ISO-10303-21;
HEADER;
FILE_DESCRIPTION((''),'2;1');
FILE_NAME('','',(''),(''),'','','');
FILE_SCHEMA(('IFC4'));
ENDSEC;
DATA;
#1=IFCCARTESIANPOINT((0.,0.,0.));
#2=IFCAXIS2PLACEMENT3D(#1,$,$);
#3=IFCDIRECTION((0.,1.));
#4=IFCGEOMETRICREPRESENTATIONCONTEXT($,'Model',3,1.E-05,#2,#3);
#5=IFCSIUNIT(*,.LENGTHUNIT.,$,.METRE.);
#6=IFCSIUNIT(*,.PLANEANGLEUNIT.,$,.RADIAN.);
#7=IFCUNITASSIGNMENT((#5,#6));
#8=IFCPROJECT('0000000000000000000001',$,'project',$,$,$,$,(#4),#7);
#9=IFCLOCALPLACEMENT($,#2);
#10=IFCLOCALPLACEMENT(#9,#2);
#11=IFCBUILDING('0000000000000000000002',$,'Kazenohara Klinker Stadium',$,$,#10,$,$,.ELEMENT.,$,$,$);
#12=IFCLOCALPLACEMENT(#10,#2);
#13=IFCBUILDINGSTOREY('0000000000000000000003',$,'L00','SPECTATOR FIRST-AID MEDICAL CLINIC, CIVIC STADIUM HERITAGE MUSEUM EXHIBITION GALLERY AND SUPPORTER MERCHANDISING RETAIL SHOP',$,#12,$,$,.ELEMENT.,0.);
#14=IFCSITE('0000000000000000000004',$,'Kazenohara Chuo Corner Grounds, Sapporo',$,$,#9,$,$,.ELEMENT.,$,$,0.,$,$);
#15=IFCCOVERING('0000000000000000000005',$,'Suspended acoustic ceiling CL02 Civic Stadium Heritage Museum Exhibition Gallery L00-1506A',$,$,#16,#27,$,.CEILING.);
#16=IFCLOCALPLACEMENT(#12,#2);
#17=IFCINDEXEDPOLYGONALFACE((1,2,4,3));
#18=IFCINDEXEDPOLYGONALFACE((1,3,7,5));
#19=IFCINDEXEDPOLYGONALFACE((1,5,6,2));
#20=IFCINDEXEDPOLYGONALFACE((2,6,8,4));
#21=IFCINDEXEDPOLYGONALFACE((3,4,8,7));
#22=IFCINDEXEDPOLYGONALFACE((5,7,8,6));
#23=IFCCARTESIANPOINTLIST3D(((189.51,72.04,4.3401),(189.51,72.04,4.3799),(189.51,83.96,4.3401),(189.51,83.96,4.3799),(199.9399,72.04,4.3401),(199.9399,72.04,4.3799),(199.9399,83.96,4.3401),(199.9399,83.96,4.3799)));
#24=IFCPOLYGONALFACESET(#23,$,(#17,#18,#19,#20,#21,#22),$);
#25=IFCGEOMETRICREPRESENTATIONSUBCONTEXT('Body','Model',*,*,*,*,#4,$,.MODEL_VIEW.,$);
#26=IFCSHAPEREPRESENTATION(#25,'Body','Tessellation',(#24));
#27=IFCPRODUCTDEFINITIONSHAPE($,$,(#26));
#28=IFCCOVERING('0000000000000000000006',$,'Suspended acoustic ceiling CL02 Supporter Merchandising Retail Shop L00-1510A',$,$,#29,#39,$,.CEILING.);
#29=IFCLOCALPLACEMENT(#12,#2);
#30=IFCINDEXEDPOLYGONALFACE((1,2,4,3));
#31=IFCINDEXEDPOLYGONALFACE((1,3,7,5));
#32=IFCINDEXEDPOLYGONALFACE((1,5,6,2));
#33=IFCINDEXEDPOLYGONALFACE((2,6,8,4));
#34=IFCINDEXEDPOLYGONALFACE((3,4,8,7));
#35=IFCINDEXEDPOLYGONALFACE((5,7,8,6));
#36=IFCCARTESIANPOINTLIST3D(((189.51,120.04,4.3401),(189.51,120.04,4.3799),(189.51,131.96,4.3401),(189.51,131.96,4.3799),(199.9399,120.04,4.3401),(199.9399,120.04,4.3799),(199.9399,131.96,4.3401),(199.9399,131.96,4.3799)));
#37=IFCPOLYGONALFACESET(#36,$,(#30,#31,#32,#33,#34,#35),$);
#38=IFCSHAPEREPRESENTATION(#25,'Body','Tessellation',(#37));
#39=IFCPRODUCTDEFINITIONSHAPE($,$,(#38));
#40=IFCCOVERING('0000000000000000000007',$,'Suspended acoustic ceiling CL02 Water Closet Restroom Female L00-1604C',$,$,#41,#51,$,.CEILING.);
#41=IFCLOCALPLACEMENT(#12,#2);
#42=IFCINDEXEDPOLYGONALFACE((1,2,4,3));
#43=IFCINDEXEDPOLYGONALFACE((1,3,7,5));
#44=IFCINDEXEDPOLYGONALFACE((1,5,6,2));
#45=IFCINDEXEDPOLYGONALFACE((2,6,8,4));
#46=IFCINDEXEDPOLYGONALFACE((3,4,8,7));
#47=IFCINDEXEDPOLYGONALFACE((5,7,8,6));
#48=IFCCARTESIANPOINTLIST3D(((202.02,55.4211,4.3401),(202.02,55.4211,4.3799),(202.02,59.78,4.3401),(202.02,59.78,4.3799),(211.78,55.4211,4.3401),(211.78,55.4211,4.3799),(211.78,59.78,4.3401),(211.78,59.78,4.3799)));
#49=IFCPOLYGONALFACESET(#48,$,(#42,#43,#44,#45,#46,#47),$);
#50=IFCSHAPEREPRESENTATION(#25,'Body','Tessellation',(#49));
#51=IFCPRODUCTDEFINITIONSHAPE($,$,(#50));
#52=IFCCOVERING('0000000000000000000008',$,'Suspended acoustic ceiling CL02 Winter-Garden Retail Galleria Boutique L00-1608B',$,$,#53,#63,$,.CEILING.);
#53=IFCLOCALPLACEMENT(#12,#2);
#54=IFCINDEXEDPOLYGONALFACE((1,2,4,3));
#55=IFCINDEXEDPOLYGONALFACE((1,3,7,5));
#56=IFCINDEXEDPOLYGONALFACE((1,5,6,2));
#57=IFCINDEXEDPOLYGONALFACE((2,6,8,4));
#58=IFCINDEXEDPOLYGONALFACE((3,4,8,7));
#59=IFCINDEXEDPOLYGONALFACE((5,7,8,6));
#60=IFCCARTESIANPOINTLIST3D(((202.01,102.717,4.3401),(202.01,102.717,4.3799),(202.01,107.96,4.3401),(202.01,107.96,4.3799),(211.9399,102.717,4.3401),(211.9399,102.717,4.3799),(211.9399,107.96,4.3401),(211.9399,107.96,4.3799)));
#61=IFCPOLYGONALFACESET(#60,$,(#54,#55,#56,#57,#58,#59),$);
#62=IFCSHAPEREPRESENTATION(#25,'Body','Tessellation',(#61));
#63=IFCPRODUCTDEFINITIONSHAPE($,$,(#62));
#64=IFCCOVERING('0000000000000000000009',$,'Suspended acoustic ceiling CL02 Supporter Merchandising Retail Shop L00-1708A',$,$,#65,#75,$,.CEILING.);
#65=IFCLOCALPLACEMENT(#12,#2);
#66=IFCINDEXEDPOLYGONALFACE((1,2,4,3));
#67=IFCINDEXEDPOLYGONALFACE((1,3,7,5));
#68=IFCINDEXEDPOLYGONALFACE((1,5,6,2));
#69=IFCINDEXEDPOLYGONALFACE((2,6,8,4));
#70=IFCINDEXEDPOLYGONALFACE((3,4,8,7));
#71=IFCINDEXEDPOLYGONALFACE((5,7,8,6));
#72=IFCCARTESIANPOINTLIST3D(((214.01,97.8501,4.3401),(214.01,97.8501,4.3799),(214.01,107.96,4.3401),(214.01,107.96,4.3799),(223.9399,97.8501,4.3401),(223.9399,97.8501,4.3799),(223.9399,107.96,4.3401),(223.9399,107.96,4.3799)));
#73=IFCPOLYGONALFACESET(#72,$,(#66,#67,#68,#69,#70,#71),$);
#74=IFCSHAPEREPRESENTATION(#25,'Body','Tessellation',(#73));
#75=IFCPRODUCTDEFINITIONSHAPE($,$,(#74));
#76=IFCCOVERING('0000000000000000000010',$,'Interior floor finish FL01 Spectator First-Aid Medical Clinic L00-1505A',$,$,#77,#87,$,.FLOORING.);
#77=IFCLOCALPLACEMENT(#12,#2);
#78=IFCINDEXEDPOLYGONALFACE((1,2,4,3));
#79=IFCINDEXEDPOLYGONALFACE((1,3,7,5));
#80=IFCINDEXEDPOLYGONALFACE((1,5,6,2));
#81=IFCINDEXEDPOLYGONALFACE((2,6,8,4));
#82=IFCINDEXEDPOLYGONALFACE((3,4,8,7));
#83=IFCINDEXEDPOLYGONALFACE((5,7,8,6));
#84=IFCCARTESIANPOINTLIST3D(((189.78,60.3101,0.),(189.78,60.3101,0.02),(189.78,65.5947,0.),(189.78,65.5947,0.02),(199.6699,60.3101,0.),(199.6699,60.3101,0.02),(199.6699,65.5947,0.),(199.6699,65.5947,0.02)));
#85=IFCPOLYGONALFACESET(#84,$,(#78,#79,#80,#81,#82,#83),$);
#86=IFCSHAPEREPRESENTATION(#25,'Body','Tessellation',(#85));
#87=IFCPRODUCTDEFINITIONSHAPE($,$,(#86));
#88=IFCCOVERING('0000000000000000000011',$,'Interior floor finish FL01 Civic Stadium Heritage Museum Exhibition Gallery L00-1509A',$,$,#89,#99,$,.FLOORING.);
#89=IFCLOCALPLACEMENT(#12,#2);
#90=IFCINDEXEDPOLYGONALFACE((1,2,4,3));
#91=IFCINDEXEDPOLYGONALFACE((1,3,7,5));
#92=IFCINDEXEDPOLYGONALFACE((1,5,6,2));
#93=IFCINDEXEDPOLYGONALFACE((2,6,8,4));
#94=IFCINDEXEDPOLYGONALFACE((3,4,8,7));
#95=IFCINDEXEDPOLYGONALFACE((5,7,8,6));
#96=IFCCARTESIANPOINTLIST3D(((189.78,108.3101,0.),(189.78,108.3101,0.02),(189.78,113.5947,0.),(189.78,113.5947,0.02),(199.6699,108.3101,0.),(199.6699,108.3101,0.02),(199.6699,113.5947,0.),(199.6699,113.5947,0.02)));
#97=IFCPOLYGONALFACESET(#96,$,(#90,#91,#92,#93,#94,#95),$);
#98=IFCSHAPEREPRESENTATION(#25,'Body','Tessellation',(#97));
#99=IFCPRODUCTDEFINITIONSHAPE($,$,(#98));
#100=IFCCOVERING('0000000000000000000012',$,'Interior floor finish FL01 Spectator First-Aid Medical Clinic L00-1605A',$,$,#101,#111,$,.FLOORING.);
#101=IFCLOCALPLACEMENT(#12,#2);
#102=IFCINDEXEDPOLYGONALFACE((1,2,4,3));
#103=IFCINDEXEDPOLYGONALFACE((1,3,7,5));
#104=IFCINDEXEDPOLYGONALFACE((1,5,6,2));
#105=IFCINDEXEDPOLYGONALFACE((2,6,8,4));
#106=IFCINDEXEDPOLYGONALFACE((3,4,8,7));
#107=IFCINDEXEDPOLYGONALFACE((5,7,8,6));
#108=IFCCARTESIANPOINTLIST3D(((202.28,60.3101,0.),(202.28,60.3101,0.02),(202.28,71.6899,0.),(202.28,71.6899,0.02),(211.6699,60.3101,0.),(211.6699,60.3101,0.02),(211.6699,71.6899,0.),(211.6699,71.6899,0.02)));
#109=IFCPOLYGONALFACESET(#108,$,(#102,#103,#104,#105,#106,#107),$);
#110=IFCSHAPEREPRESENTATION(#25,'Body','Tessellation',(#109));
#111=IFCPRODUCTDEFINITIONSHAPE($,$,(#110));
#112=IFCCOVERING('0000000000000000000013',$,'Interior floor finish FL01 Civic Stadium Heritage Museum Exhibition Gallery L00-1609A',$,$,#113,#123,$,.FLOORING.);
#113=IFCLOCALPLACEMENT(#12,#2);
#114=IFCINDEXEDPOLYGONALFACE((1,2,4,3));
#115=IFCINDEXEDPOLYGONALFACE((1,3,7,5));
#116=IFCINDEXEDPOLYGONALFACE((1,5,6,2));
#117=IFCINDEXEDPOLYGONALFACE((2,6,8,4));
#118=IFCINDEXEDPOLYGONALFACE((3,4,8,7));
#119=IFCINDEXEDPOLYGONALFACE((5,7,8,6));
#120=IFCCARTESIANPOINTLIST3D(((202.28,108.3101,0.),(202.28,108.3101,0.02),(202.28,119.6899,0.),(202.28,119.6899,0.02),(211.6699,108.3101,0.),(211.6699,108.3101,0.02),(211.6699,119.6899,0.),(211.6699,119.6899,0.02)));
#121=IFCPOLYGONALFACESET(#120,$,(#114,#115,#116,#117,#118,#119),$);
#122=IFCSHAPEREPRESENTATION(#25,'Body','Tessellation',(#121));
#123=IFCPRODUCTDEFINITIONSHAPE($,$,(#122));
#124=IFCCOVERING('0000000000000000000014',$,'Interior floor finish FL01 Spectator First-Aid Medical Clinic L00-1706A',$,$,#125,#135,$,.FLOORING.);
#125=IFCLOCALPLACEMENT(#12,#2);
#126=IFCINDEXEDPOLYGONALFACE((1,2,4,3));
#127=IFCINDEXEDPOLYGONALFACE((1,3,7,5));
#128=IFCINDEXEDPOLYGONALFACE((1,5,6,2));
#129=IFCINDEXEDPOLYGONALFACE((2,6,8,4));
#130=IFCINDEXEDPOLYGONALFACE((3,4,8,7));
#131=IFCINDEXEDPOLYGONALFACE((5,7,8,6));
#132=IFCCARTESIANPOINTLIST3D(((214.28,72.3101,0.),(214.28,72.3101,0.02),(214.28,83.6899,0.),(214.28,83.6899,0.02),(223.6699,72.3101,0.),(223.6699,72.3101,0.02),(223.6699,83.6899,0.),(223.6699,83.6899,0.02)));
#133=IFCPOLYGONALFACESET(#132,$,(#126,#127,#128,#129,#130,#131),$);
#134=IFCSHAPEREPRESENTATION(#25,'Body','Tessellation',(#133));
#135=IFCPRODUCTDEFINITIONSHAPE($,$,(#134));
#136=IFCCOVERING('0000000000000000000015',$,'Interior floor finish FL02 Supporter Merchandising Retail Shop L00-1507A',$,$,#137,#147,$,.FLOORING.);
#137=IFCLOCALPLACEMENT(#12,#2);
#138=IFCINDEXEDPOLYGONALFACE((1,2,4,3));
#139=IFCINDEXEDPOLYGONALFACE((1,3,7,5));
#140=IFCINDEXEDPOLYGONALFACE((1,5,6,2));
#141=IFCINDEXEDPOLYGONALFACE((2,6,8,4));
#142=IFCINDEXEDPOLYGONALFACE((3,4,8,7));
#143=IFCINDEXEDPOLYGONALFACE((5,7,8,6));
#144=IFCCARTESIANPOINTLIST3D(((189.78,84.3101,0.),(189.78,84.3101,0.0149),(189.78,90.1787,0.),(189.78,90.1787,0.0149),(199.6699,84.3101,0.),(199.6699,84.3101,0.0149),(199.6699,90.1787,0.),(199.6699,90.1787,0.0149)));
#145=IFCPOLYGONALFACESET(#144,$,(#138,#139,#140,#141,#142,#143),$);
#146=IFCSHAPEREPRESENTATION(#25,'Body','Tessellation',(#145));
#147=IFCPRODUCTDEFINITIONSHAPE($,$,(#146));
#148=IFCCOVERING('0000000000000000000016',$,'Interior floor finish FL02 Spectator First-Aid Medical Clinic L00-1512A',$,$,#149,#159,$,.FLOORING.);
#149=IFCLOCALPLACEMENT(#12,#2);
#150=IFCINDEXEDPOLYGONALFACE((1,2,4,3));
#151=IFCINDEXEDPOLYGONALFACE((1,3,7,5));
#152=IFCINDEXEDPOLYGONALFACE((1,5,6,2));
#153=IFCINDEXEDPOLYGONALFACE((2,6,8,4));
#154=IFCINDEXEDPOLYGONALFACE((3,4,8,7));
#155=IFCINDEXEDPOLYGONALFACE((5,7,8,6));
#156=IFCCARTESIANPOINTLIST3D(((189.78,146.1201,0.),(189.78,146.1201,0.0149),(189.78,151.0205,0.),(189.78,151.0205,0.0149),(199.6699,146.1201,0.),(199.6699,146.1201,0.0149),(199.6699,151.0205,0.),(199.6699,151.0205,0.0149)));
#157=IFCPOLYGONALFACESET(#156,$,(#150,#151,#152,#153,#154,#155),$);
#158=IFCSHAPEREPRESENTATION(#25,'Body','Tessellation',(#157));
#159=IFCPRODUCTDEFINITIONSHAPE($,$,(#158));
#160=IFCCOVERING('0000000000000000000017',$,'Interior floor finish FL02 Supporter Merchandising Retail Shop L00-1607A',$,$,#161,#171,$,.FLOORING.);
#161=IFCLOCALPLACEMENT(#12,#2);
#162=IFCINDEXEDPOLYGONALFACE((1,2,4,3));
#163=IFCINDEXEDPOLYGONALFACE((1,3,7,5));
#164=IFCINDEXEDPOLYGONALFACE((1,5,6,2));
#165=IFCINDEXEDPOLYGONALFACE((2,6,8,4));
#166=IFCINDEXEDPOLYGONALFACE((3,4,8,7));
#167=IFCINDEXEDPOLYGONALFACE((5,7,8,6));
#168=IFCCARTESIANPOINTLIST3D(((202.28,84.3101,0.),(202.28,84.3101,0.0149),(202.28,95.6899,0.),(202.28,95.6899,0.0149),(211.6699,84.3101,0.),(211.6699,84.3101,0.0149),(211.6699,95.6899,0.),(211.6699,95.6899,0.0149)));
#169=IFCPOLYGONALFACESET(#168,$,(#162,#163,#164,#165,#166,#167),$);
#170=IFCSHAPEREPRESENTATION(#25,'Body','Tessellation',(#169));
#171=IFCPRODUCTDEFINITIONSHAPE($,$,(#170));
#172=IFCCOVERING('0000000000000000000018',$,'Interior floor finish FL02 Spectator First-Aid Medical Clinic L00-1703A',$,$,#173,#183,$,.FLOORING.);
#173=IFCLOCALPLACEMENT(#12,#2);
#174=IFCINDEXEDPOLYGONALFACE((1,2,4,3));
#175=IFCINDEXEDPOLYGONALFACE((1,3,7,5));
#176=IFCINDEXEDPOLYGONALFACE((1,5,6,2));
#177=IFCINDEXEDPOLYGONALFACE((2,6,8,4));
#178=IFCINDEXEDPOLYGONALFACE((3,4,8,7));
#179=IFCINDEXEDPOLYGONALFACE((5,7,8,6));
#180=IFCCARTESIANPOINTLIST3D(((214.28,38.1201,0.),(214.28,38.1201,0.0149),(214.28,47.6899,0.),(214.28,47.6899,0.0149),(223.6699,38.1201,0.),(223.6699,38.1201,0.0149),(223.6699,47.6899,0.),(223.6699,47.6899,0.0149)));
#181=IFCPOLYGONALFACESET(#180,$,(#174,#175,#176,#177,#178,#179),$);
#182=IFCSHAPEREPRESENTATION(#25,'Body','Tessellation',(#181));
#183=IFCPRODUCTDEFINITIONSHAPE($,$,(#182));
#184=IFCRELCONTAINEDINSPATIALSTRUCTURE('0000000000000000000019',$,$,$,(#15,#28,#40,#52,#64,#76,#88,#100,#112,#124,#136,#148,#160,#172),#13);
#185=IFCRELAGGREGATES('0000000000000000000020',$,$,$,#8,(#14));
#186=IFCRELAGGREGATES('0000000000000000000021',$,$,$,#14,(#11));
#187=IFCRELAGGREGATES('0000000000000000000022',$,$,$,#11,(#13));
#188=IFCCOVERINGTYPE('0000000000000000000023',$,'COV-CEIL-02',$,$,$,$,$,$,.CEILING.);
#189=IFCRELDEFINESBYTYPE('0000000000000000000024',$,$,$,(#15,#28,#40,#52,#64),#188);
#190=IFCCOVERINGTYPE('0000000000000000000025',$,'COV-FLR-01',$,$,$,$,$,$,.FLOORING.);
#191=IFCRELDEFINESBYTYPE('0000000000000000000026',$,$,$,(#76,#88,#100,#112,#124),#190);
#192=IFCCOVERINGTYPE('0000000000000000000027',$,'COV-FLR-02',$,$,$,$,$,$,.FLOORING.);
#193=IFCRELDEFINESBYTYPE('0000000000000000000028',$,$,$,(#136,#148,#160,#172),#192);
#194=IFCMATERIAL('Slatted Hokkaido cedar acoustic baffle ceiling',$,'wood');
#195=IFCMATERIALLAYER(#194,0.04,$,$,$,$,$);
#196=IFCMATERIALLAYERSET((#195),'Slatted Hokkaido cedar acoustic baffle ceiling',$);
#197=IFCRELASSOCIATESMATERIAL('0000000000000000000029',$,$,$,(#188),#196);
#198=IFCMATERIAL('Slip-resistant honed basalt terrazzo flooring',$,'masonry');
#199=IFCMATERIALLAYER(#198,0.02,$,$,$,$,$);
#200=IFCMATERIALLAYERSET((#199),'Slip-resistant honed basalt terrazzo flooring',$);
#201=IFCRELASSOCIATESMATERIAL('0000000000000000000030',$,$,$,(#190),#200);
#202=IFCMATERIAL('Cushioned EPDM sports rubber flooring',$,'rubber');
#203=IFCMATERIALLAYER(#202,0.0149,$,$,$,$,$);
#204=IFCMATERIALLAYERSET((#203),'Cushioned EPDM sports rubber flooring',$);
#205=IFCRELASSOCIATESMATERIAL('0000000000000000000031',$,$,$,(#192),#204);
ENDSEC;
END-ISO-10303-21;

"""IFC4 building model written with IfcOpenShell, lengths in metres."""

from ifc_helpers import new_model, si_unit, direction, frame, origin, place, context, subcontext, project, spatial, polyline, outline, extrude, material, layer, layer_set, type_object, element, save


model = new_model("IFC4")

# Units and contexts
model_context = context("Model", 3, precision=1e-05, world=origin(), true_north=direction((0.0, 1.0)))
body_context = subcontext(model_context, "Body", "Model", "MODEL_VIEW")
ifc_project = project(units=[si_unit("LENGTHUNIT", "METRE"), si_unit("PLANEANGLEUNIT", "RADIAN")], contexts=[model_context])

# Site, building, storey
site_placement = place(None, origin())
site = spatial("IfcSite", under=ifc_project, at=site_placement, Name="Kazenohara Chuo Corner Grounds, Sapporo", CompositionType="ELEMENT", RefElevation=0.0)
building_placement = place(site_placement, origin())
building = spatial("IfcBuilding", under=site, at=building_placement, Name="Kazenohara Klinker Stadium", CompositionType="ELEMENT")
storey_placement = place(building_placement, origin())
storey = spatial("IfcBuildingStorey", under=building, at=storey_placement, Name="L00", Description="SPECTATOR FIRST-AID MEDICAL CLINIC, CIVIC STADIUM HERITAGE MUSEUM EXHIBITION GALLERY AND SUPPORTER MERCHANDISING RETAIL SHOP", CompositionType="ELEMENT", Elevation=0.0)

# Coverings
ifc_material_1 = material(Name="Slatted Hokkaido cedar acoustic baffle ceiling", Category="wood")
ifc_layer_1 = layer(ifc_material_1, 0.04)
ifc_layer_set_1 = layer_set([ifc_layer_1], Name="Slatted Hokkaido cedar acoustic baffle ceiling")
covering_type_1 = type_object("IfcCoveringType", Name="COV-CEIL-02", PredefinedType="CEILING", material=ifc_layer_set_1)
covering_1_placement = place(storey_placement, frame((0.0, 0.0, 4.3401)))
element("IfcCovering", 1, at=covering_1_placement, inside=storey, type_object=covering_type_1, Name="Suspended acoustic ceiling CL02 Civic Stadium Heritage Museum Exhibition Gallery L00-1506A", PredefinedType="CEILING", context=body_context, shape_type="SweptSolid", body=[
    extrude(outline(polyline([(189.51, 72.04), (199.9399, 72.04), (199.9399, 83.96), (189.51, 83.96), (189.51, 72.04)])), origin(), (0.0, 0.0, 1.0), 0.0398),
])
covering_2_placement = place(storey_placement, frame((0.0, 0.0, 4.3401)))
element("IfcCovering", 2, at=covering_2_placement, inside=storey, type_object=covering_type_1, Name="Suspended acoustic ceiling CL02 Supporter Merchandising Retail Shop L00-1510A", PredefinedType="CEILING", context=body_context, shape_type="SweptSolid", body=[
    extrude(outline(polyline([(189.51, 120.04), (199.9399, 120.04), (199.9399, 131.96), (189.51, 131.96), (189.51, 120.04)])), origin(), (0.0, 0.0, 1.0), 0.0398),
])
covering_3_placement = place(storey_placement, frame((0.0, 0.0, 4.3401)))
element("IfcCovering", 3, at=covering_3_placement, inside=storey, type_object=covering_type_1, Name="Suspended acoustic ceiling CL02 Water Closet Restroom Female L00-1604C", PredefinedType="CEILING", context=body_context, shape_type="SweptSolid", body=[
    extrude(outline(polyline([(202.02, 55.4211), (211.78, 55.4211), (211.78, 59.78), (202.02, 59.78), (202.02, 55.4211)])), origin(), (0.0, 0.0, 1.0), 0.0398),
])
covering_4_placement = place(storey_placement, frame((0.0, 0.0, 4.3401)))
element("IfcCovering", 4, at=covering_4_placement, inside=storey, type_object=covering_type_1, Name="Suspended acoustic ceiling CL02 Winter-Garden Retail Galleria Boutique L00-1608B", PredefinedType="CEILING", context=body_context, shape_type="SweptSolid", body=[
    extrude(outline(polyline([(202.01, 102.717), (211.9399, 102.717), (211.9399, 107.96), (202.01, 107.96), (202.01, 102.717)])), origin(), (0.0, 0.0, 1.0), 0.0398),
])
covering_5_placement = place(storey_placement, frame((0.0, 0.0, 4.3401)))
element("IfcCovering", 5, at=covering_5_placement, inside=storey, type_object=covering_type_1, Name="Suspended acoustic ceiling CL02 Supporter Merchandising Retail Shop L00-1708A", PredefinedType="CEILING", context=body_context, shape_type="SweptSolid", body=[
    extrude(outline(polyline([(214.01, 97.8501), (223.9399, 97.8501), (223.9399, 107.96), (214.01, 107.96), (214.01, 97.8501)])), origin(), (0.0, 0.0, 1.0), 0.0398),
])
ifc_material_2 = material(Name="Slip-resistant honed basalt terrazzo flooring", Category="masonry")
ifc_layer_2 = layer(ifc_material_2, 0.02)
ifc_layer_set_2 = layer_set([ifc_layer_2], Name="Slip-resistant honed basalt terrazzo flooring")
covering_type_2 = type_object("IfcCoveringType", Name="COV-FLR-01", PredefinedType="FLOORING", material=ifc_layer_set_2)
covering_6_placement = place(storey_placement, origin())
element("IfcCovering", 6, at=covering_6_placement, inside=storey, type_object=covering_type_2, Name="Interior floor finish FL01 Spectator First-Aid Medical Clinic L00-1505A", PredefinedType="FLOORING", context=body_context, shape_type="SweptSolid", body=[
    extrude(outline(polyline([(189.78, 60.3101), (199.6699, 60.3101), (199.6699, 65.5947), (189.78, 65.5947), (189.78, 60.3101)])), origin(), (0.0, 0.0, 1.0), 0.02),
])
covering_7_placement = place(storey_placement, origin())
element("IfcCovering", 7, at=covering_7_placement, inside=storey, type_object=covering_type_2, Name="Interior floor finish FL01 Civic Stadium Heritage Museum Exhibition Gallery L00-1509A", PredefinedType="FLOORING", context=body_context, shape_type="SweptSolid", body=[
    extrude(outline(polyline([(189.78, 108.3101), (199.6699, 108.3101), (199.6699, 113.5947), (189.78, 113.5947), (189.78, 108.3101)])), origin(), (0.0, 0.0, 1.0), 0.02),
])
covering_8_placement = place(storey_placement, origin())
element("IfcCovering", 8, at=covering_8_placement, inside=storey, type_object=covering_type_2, Name="Interior floor finish FL01 Spectator First-Aid Medical Clinic L00-1605A", PredefinedType="FLOORING", context=body_context, shape_type="SweptSolid", body=[
    extrude(outline(polyline([(202.28, 60.3101), (211.6699, 60.3101), (211.6699, 71.6899), (202.28, 71.6899), (202.28, 60.3101)])), origin(), (0.0, 0.0, 1.0), 0.02),
])
covering_9_placement = place(storey_placement, origin())
element("IfcCovering", 9, at=covering_9_placement, inside=storey, type_object=covering_type_2, Name="Interior floor finish FL01 Civic Stadium Heritage Museum Exhibition Gallery L00-1609A", PredefinedType="FLOORING", context=body_context, shape_type="SweptSolid", body=[
    extrude(outline(polyline([(202.28, 108.3101), (211.6699, 108.3101), (211.6699, 119.6899), (202.28, 119.6899), (202.28, 108.3101)])), origin(), (0.0, 0.0, 1.0), 0.02),
])
covering_10_placement = place(storey_placement, origin())
element("IfcCovering", 10, at=covering_10_placement, inside=storey, type_object=covering_type_2, Name="Interior floor finish FL01 Spectator First-Aid Medical Clinic L00-1706A", PredefinedType="FLOORING", context=body_context, shape_type="SweptSolid", body=[
    extrude(outline(polyline([(214.28, 72.3101), (223.6699, 72.3101), (223.6699, 83.6899), (214.28, 83.6899), (214.28, 72.3101)])), origin(), (0.0, 0.0, 1.0), 0.02),
])
ifc_material_3 = material(Name="Cushioned EPDM sports rubber flooring", Category="rubber")
ifc_layer_3 = layer(ifc_material_3, 0.0149)
ifc_layer_set_3 = layer_set([ifc_layer_3], Name="Cushioned EPDM sports rubber flooring")
covering_type_3 = type_object("IfcCoveringType", Name="COV-FLR-02", PredefinedType="FLOORING", material=ifc_layer_set_3)
covering_11_placement = place(storey_placement, origin())
element("IfcCovering", 11, at=covering_11_placement, inside=storey, type_object=covering_type_3, Name="Interior floor finish FL02 Supporter Merchandising Retail Shop L00-1507A", PredefinedType="FLOORING", context=body_context, shape_type="SweptSolid", body=[
    extrude(outline(polyline([(189.78, 84.3101), (199.6699, 84.3101), (199.6699, 90.1787), (189.78, 90.1787), (189.78, 84.3101)])), origin(), (0.0, 0.0, 1.0), 0.0149),
])
covering_12_placement = place(storey_placement, origin())
element("IfcCovering", 12, at=covering_12_placement, inside=storey, type_object=covering_type_3, Name="Interior floor finish FL02 Spectator First-Aid Medical Clinic L00-1512A", PredefinedType="FLOORING", context=body_context, shape_type="SweptSolid", body=[
    extrude(outline(polyline([(189.78, 146.1201), (199.6699, 146.1201), (199.6699, 151.0205), (189.78, 151.0205), (189.78, 146.1201)])), origin(), (0.0, 0.0, 1.0), 0.0149),
])
covering_13_placement = place(storey_placement, origin())
element("IfcCovering", 13, at=covering_13_placement, inside=storey, type_object=covering_type_3, Name="Interior floor finish FL02 Supporter Merchandising Retail Shop L00-1607A", PredefinedType="FLOORING", context=body_context, shape_type="SweptSolid", body=[
    extrude(outline(polyline([(202.28, 84.3101), (211.6699, 84.3101), (211.6699, 95.6899), (202.28, 95.6899), (202.28, 84.3101)])), origin(), (0.0, 0.0, 1.0), 0.0149),
])
covering_14_placement = place(storey_placement, origin())
element("IfcCovering", 14, at=covering_14_placement, inside=storey, type_object=covering_type_3, Name="Interior floor finish FL02 Spectator First-Aid Medical Clinic L00-1703A", PredefinedType="FLOORING", context=body_context, shape_type="SweptSolid", body=[
    extrude(outline(polyline([(214.28, 38.1201), (223.6699, 38.1201), (223.6699, 47.6899), (214.28, 47.6899), (214.28, 38.1201)])), origin(), (0.0, 0.0, 1.0), 0.0149),
])

save(model, "model.ifc")
